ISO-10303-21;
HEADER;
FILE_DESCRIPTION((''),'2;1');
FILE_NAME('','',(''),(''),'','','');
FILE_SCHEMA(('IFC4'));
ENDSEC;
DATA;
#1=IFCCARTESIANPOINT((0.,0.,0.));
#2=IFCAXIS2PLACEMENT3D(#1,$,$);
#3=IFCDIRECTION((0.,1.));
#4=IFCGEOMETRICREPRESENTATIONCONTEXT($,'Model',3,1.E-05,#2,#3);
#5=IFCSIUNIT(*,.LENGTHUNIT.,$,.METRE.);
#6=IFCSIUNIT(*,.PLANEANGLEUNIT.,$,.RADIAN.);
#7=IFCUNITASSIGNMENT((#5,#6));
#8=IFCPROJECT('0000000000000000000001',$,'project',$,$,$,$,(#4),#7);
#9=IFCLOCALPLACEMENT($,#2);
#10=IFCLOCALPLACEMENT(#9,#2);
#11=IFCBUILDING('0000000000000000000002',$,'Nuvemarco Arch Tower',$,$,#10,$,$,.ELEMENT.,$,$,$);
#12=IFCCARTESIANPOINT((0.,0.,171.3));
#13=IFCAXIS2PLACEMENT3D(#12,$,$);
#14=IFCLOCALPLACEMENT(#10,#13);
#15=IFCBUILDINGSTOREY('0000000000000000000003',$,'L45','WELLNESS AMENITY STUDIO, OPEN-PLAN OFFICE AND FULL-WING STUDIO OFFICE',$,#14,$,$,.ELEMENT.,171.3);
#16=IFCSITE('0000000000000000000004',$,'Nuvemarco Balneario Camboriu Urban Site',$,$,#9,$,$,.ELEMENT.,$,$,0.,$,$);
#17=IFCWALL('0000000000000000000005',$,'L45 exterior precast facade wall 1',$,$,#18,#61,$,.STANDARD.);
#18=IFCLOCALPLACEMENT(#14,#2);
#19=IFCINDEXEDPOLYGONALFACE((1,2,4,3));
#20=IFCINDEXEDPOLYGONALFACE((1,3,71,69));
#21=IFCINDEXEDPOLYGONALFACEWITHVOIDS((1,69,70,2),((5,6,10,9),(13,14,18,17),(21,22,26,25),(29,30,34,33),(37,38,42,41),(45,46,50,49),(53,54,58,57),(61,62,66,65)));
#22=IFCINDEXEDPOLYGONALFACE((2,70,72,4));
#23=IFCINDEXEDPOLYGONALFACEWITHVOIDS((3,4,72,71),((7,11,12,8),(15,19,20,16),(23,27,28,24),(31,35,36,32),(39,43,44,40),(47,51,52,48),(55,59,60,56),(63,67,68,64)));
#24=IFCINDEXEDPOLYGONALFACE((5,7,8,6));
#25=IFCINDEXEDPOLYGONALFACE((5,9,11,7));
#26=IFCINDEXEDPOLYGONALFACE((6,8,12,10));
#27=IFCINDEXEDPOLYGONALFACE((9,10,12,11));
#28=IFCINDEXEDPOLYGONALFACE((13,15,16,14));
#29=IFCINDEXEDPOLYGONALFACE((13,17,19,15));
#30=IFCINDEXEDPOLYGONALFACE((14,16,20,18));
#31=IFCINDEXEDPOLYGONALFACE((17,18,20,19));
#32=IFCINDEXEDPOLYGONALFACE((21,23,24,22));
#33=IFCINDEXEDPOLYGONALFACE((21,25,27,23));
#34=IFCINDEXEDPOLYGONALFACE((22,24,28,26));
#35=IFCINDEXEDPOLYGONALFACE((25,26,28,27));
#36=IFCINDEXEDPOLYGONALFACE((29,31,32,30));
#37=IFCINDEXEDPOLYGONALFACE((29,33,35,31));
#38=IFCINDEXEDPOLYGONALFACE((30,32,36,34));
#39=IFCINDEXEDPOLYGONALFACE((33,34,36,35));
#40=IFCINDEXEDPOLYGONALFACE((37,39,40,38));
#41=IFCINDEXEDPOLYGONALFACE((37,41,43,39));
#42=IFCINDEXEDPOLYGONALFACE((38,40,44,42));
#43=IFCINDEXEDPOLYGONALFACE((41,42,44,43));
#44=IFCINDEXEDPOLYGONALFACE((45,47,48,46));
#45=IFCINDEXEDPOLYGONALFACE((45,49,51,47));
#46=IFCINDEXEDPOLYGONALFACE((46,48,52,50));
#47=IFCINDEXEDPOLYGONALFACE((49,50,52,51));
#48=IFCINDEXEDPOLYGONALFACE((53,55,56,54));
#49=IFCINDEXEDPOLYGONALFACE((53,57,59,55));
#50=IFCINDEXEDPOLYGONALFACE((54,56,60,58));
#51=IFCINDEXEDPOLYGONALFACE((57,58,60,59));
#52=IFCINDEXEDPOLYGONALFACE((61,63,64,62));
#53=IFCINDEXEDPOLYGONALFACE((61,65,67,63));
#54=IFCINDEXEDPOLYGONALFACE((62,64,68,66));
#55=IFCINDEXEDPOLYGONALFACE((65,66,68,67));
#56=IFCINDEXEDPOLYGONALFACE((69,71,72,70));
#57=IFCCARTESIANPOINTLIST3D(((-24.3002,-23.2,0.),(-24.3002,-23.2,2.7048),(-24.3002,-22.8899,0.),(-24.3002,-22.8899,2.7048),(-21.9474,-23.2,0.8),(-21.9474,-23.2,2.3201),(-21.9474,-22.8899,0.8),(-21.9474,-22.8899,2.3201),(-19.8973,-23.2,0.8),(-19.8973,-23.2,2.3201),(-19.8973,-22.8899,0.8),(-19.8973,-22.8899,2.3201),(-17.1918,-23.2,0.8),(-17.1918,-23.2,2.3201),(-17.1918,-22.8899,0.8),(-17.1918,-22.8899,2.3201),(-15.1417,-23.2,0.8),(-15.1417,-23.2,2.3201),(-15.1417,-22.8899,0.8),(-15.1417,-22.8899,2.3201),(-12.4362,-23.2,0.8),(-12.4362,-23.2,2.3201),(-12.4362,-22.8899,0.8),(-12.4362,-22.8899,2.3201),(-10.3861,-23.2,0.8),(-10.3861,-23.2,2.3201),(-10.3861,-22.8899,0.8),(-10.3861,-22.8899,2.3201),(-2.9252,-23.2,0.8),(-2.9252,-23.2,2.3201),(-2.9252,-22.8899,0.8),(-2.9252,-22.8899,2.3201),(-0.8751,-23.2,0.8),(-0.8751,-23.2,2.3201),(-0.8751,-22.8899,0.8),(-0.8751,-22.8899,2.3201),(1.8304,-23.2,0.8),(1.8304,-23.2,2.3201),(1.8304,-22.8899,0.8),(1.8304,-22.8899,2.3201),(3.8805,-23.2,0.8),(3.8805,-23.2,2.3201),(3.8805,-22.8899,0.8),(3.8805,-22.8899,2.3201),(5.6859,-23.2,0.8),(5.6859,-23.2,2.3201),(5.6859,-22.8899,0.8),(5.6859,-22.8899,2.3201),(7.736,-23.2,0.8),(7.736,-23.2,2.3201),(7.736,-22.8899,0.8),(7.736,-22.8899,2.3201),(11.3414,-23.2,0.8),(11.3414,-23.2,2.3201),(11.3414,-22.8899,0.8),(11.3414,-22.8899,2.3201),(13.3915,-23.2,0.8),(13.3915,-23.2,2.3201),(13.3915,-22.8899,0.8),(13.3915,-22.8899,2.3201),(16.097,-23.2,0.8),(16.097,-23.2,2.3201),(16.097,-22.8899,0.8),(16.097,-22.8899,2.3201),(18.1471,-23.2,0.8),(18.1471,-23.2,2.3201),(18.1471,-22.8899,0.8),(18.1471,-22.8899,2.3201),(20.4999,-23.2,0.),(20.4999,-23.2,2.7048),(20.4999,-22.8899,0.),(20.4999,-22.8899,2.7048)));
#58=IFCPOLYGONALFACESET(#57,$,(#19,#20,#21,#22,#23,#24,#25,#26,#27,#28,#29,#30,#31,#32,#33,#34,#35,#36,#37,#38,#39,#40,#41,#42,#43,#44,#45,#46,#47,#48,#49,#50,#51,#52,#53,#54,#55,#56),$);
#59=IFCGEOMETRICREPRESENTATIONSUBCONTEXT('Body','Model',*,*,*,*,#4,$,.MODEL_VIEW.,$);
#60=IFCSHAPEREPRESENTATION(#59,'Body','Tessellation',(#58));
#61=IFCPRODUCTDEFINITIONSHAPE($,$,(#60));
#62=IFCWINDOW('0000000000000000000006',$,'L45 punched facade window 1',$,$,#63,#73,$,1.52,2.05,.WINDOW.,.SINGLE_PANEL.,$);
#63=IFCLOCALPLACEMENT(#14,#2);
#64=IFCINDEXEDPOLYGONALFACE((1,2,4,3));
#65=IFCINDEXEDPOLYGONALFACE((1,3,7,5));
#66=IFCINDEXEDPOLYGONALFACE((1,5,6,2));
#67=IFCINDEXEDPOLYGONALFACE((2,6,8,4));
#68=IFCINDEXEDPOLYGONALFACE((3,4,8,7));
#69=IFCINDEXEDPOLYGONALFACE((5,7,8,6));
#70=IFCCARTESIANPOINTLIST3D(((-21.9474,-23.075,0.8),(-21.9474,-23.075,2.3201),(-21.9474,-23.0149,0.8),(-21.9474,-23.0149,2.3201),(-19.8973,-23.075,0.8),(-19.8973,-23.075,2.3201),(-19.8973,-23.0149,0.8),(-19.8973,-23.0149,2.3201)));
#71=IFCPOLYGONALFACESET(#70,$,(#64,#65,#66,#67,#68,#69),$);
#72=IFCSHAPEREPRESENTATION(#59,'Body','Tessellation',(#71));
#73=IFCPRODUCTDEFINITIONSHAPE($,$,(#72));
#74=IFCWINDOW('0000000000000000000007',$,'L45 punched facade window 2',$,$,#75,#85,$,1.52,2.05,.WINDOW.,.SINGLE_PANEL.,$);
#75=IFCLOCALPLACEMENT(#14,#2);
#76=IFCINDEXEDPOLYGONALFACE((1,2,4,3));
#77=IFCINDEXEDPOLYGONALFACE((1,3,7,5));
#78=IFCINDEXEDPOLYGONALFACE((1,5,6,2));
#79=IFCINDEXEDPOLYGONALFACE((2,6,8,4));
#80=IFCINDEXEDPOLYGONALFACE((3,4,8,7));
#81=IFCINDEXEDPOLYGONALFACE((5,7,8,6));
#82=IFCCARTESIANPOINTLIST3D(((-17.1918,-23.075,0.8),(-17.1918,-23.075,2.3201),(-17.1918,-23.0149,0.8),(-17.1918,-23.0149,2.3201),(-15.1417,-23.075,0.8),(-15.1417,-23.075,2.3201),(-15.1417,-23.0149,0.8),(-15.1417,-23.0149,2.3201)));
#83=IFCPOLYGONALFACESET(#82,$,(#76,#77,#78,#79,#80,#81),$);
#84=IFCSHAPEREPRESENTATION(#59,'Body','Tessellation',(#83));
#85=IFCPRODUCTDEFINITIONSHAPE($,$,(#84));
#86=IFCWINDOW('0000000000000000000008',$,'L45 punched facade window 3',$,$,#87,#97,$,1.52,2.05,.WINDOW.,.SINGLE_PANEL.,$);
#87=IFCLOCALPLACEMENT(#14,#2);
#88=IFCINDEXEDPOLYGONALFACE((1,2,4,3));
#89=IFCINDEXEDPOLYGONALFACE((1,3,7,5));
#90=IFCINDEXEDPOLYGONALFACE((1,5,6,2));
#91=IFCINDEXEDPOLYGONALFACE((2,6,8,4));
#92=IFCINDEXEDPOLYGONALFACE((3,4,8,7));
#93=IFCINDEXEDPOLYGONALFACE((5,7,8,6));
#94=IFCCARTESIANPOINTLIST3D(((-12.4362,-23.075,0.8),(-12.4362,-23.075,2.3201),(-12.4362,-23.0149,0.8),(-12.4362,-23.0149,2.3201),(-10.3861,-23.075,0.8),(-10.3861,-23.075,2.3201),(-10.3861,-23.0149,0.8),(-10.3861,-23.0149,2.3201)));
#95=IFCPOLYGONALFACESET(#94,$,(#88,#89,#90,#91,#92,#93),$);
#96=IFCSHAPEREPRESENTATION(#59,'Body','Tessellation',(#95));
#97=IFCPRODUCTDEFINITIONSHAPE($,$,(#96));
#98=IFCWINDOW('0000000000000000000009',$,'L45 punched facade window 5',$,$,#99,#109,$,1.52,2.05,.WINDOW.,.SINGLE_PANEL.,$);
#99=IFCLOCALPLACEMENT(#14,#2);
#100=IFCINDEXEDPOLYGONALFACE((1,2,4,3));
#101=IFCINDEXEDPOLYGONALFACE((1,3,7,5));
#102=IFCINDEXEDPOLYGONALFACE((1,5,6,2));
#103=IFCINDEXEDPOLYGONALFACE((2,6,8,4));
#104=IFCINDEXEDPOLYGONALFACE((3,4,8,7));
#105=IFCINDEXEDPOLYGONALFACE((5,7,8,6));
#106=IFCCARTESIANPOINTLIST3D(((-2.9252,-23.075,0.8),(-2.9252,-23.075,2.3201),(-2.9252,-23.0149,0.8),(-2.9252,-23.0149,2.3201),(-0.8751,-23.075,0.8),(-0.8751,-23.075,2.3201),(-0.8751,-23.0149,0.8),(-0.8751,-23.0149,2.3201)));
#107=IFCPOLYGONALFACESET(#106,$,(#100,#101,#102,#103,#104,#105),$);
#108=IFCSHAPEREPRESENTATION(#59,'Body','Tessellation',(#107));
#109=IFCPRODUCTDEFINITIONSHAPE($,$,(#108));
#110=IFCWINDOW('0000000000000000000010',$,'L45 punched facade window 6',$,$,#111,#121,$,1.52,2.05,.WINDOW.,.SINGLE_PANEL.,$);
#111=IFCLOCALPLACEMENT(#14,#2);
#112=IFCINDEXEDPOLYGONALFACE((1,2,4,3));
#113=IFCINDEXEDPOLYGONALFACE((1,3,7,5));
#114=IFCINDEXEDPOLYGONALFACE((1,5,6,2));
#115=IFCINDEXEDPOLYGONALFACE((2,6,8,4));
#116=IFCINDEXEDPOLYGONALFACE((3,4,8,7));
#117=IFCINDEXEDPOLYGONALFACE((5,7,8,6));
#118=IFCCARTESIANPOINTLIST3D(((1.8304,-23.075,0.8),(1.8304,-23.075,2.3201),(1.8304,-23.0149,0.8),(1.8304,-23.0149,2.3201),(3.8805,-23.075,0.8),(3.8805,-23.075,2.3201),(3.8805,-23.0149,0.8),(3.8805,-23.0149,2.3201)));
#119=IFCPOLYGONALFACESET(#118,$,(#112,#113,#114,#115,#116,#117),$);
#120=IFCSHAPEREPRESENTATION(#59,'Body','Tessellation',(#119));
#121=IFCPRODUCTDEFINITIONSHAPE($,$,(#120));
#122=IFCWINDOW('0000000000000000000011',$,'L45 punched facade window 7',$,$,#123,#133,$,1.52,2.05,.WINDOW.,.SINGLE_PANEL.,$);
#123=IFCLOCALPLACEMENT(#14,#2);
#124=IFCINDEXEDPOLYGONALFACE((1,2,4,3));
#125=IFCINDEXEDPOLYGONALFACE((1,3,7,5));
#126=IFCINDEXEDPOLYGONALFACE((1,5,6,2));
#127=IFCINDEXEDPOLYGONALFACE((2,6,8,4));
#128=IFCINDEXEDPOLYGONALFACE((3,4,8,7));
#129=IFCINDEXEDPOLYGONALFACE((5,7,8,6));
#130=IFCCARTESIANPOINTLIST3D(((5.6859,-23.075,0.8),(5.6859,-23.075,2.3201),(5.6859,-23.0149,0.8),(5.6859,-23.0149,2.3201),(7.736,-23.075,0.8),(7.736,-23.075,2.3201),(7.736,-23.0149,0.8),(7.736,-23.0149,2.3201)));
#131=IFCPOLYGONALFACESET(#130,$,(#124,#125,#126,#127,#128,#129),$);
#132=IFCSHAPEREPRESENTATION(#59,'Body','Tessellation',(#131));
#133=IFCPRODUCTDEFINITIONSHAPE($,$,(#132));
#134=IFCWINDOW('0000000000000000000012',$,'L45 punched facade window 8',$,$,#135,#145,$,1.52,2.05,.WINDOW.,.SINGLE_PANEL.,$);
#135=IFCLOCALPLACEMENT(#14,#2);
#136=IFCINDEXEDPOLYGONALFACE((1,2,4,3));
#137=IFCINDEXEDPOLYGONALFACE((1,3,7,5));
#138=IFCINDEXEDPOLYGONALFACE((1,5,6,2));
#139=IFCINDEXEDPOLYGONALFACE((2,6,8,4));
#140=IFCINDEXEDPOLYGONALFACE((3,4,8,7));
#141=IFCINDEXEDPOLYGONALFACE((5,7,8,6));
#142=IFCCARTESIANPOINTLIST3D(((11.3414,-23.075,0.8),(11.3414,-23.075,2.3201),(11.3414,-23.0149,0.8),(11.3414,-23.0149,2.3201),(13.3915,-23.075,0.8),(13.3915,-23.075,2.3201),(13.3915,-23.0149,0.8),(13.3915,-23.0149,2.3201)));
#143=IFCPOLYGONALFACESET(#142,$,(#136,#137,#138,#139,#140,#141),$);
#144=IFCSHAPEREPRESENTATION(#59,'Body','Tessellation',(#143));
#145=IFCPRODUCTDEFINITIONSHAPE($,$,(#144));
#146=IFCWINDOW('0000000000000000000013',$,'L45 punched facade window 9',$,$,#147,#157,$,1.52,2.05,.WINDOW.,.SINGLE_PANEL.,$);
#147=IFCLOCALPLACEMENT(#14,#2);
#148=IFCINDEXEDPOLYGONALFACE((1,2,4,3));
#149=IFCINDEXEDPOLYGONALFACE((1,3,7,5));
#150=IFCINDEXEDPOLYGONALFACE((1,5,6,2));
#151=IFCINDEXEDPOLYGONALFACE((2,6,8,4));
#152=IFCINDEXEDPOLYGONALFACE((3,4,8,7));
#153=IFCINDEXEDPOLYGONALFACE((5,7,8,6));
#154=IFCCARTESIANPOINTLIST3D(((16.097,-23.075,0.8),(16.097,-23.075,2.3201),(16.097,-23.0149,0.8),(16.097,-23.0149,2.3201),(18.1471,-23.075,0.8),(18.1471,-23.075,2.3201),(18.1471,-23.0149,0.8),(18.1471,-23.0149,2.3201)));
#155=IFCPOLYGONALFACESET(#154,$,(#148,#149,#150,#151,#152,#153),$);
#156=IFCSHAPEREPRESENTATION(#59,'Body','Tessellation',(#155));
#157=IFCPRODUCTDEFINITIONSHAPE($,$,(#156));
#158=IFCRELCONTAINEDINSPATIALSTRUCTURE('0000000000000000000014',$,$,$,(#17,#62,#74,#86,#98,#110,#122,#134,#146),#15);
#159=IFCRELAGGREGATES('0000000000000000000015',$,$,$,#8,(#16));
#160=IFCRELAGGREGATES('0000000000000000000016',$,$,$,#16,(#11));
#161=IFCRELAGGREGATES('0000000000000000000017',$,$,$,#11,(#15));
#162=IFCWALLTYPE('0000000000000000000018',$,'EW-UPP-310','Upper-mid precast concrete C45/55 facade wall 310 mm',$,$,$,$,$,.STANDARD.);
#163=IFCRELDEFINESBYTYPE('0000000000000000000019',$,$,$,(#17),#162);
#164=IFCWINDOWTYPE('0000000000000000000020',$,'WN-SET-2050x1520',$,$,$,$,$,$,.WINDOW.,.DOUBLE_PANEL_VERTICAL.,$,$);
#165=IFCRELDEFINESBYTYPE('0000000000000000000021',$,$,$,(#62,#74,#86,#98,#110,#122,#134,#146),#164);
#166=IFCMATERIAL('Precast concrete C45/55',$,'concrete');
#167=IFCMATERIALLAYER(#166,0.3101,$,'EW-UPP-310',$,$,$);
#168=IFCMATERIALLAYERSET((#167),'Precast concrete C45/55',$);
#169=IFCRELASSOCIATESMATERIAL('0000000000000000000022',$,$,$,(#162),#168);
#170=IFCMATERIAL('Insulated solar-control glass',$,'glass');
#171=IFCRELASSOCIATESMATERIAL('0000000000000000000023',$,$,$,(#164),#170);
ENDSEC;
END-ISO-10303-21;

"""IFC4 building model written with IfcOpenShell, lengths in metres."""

from ifc_helpers import new_model, si_unit, direction, frame, frame_2d, origin, place, context, subcontext, project, spatial, rectangle, extrude, source, transform, mapped, material, layer, layer_set, type_object, type_shapes, element, fill, save


model = new_model("IFC4")

# Units and contexts
model_context = context("Model", 3, precision=1e-05, world=origin(), true_north=direction((0.0, 1.0)))
body_context = subcontext(model_context, "Body", "Model", "MODEL_VIEW")
ifc_project = project(units=[si_unit("LENGTHUNIT", "METRE"), si_unit("PLANEANGLEUNIT", "RADIAN")], contexts=[model_context])

# Site, building, storey
site_placement = place(None, origin())
site = spatial("IfcSite", under=ifc_project, at=site_placement, Name="Nuvemarco Balneario Camboriu Urban Site", CompositionType="ELEMENT", RefElevation=0.0)
building_placement = place(site_placement, origin())
building = spatial("IfcBuilding", under=site, at=building_placement, Name="Nuvemarco Arch Tower", CompositionType="ELEMENT")
storey_placement = place(building_placement, frame((0.0, 0.0, 171.3)))
storey = spatial("IfcBuildingStorey", under=building, at=storey_placement, Name="L45", Description="WELLNESS AMENITY STUDIO, OPEN-PLAN OFFICE AND FULL-WING STUDIO OFFICE", CompositionType="ELEMENT", Elevation=171.3)

# Wall, openings, windows
ifc_material_1 = material(Name="Precast concrete C45/55", Category="concrete")
ifc_layer = layer(ifc_material_1, 0.3101, Name="EW-UPP-310")
ifc_layer_set = layer_set([ifc_layer], Name="Precast concrete C45/55")
wall_type = type_object("IfcWallType", Name="EW-UPP-310", Description="Upper-mid precast concrete C45/55 facade wall 310 mm", PredefinedType="STANDARD", material=ifc_layer_set)
wall_1_placement = place(storey_placement, frame((-24.3, -23.0449, 0.0), z_axis=(0.0, 0.0, 1.0), x_axis=(1.0, 0.0, 0.0)))
wall_1 = element("IfcWall", 1, at=wall_1_placement, inside=storey, type_object=wall_type, Name="L45 exterior precast facade wall 1", PredefinedType="STANDARD", context=body_context, shape_type="SweptSolid", body=[
    extrude(rectangle(XDim=44.8, YDim=0.3101, at=frame_2d((22.3999, 0.0))), origin(), (0.0, 0.0, 1.0), 2.7048),
])
opening_1_placement = place(wall_1_placement, frame((2.3528, 0.0, 0.8)))
opening_1 = element("IfcOpeningElement", 2, at=opening_1_placement, cuts=wall_1, PredefinedType="OPENING", context=body_context, shape_type="SweptSolid", body=[
    extrude(rectangle(XDim=2.05, YDim=1.52, at=frame_2d((1.0249, 0.76))), frame((0.0, 0.165, 0.0), z_axis=(0.0, -1.0, 0.0), x_axis=(1.0, 0.0, 0.0)), (0.0, 0.0, 1.0), 0.3301),
])
opening_2_placement = place(wall_1_placement, frame((7.1084, 0.0, 0.8)))
opening_2 = element("IfcOpeningElement", 3, at=opening_2_placement, cuts=wall_1, PredefinedType="OPENING", context=body_context, shape_type="SweptSolid", body=[
    extrude(rectangle(XDim=2.05, YDim=1.52, at=frame_2d((1.0249, 0.76))), frame((0.0, 0.165, 0.0), z_axis=(0.0, -1.0, 0.0), x_axis=(1.0, 0.0, 0.0)), (0.0, 0.0, 1.0), 0.3301),
])
opening_3_placement = place(wall_1_placement, frame((11.864, 0.0, 0.8)))
opening_3 = element("IfcOpeningElement", 4, at=opening_3_placement, cuts=wall_1, PredefinedType="OPENING", context=body_context, shape_type="SweptSolid", body=[
    extrude(rectangle(XDim=2.05, YDim=1.52, at=frame_2d((1.0249, 0.76))), frame((0.0, 0.165, 0.0), z_axis=(0.0, -1.0, 0.0), x_axis=(1.0, 0.0, 0.0)), (0.0, 0.0, 1.0), 0.3301),
])
opening_4_placement = place(wall_1_placement, frame((21.375, 0.0, 0.8)))
opening_4 = element("IfcOpeningElement", 5, at=opening_4_placement, cuts=wall_1, PredefinedType="OPENING", context=body_context, shape_type="SweptSolid", body=[
    extrude(rectangle(XDim=2.05, YDim=1.52, at=frame_2d((1.0249, 0.76))), frame((0.0, 0.165, 0.0), z_axis=(0.0, -1.0, 0.0), x_axis=(1.0, 0.0, 0.0)), (0.0, 0.0, 1.0), 0.3301),
])
opening_5_placement = place(wall_1_placement, frame((26.1306, 0.0, 0.8)))
opening_5 = element("IfcOpeningElement", 6, at=opening_5_placement, cuts=wall_1, PredefinedType="OPENING", context=body_context, shape_type="SweptSolid", body=[
    extrude(rectangle(XDim=2.05, YDim=1.52, at=frame_2d((1.0249, 0.76))), frame((0.0, 0.165, 0.0), z_axis=(0.0, -1.0, 0.0), x_axis=(1.0, 0.0, 0.0)), (0.0, 0.0, 1.0), 0.3301),
])
opening_6_placement = place(wall_1_placement, frame((29.9861, 0.0, 0.8)))
opening_6 = element("IfcOpeningElement", 7, at=opening_6_placement, cuts=wall_1, PredefinedType="OPENING", context=body_context, shape_type="SweptSolid", body=[
    extrude(rectangle(XDim=2.05, YDim=1.52, at=frame_2d((1.0249, 0.76))), frame((0.0, 0.165, 0.0), z_axis=(0.0, -1.0, 0.0), x_axis=(1.0, 0.0, 0.0)), (0.0, 0.0, 1.0), 0.3301),
])
opening_7_placement = place(wall_1_placement, frame((35.6416, 0.0, 0.8)))
opening_7 = element("IfcOpeningElement", 8, at=opening_7_placement, cuts=wall_1, PredefinedType="OPENING", context=body_context, shape_type="SweptSolid", body=[
    extrude(rectangle(XDim=2.05, YDim=1.52, at=frame_2d((1.0249, 0.76))), frame((0.0, 0.165, 0.0), z_axis=(0.0, -1.0, 0.0), x_axis=(1.0, 0.0, 0.0)), (0.0, 0.0, 1.0), 0.3301),
])
opening_8_placement = place(wall_1_placement, frame((40.3972, 0.0, 0.8)))
opening_8 = element("IfcOpeningElement", 9, at=opening_8_placement, cuts=wall_1, PredefinedType="OPENING", context=body_context, shape_type="SweptSolid", body=[
    extrude(rectangle(XDim=2.05, YDim=1.52, at=frame_2d((1.0249, 0.76))), frame((0.0, 0.165, 0.0), z_axis=(0.0, -1.0, 0.0), x_axis=(1.0, 0.0, 0.0)), (0.0, 0.0, 1.0), 0.3301),
])
ifc_material_2 = material(Name="Insulated solar-control glass", Category="glass")
window_type_1 = type_object("IfcWindowType", Name="WN-SET-2050x1520", PartitioningType="DOUBLE_PANEL_VERTICAL", PredefinedType="WINDOW", material=ifc_material_2)
shared_shape_1 = source(origin(), body_context, "Body", "SweptSolid", [
    extrude(rectangle(XDim=2.05, YDim=1.52, at=frame_2d((1.0249, 0.76))), frame((0.0, 0.03, 0.0), z_axis=(0.0, -1.0, 0.0), x_axis=(1.0, 0.0, 0.0)), (0.0, 0.0, 1.0), 0.0601),
])
type_shapes(window_type_1, [shared_shape_1])
window_1_placement = place(opening_1_placement, origin())
window_1 = element("IfcWindow", 10, at=window_1_placement, inside=storey, type_object=window_type_1, Name="L45 punched facade window 1", OverallHeight=1.52, OverallWidth=2.05, PartitioningType="SINGLE_PANEL", PredefinedType="WINDOW", context=body_context, shape_type="MappedRepresentation", body=[
    mapped(shared_shape_1, transform((0.0, 0.0, 0.0), scale=1.0)),
])
fill(opening_1, window_1)
window_2_placement = place(opening_2_placement, origin())
window_2 = element("IfcWindow", 11, at=window_2_placement, inside=storey, type_object=window_type_1, Name="L45 punched facade window 2", OverallHeight=1.52, OverallWidth=2.05, PartitioningType="SINGLE_PANEL", PredefinedType="WINDOW", context=body_context, shape_type="MappedRepresentation", body=[
    mapped(shared_shape_1, transform((0.0, 0.0, 0.0), scale=1.0)),
])
fill(opening_2, window_2)
window_3_placement = place(opening_3_placement, origin())
window_3 = element("IfcWindow", 12, at=window_3_placement, inside=storey, type_object=window_type_1, Name="L45 punched facade window 3", OverallHeight=1.52, OverallWidth=2.05, PartitioningType="SINGLE_PANEL", PredefinedType="WINDOW", context=body_context, shape_type="MappedRepresentation", body=[
    mapped(shared_shape_1, transform((0.0, 0.0, 0.0), scale=1.0)),
])
fill(opening_3, window_3)
window_4_placement = place(opening_4_placement, origin())
window_4 = element("IfcWindow", 13, at=window_4_placement, inside=storey, type_object=window_type_1, Name="L45 punched facade window 5", OverallHeight=1.52, OverallWidth=2.05, PartitioningType="SINGLE_PANEL", PredefinedType="WINDOW", context=body_context, shape_type="MappedRepresentation", body=[
    mapped(shared_shape_1, transform((0.0, 0.0, 0.0), scale=1.0)),
])
fill(opening_4, window_4)
window_5_placement = place(opening_5_placement, origin())
window_5 = element("IfcWindow", 14, at=window_5_placement, inside=storey, type_object=window_type_1, Name="L45 punched facade window 6", OverallHeight=1.52, OverallWidth=2.05, PartitioningType="SINGLE_PANEL", PredefinedType="WINDOW", context=body_context, shape_type="MappedRepresentation", body=[
    mapped(shared_shape_1, transform((0.0, 0.0, 0.0), scale=1.0)),
])
fill(opening_5, window_5)
window_6_placement = place(opening_6_placement, origin())
window_6 = element("IfcWindow", 15, at=window_6_placement, inside=storey, type_object=window_type_1, Name="L45 punched facade window 7", OverallHeight=1.52, OverallWidth=2.05, PartitioningType="SINGLE_PANEL", PredefinedType="WINDOW", context=body_context, shape_type="MappedRepresentation", body=[
    mapped(shared_shape_1, transform((0.0, 0.0, 0.0), scale=1.0)),
])
fill(opening_6, window_6)
window_7_placement = place(opening_7_placement, origin())
window_7 = element("IfcWindow", 16, at=window_7_placement, inside=storey, type_object=window_type_1, Name="L45 punched facade window 8", OverallHeight=1.52, OverallWidth=2.05, PartitioningType="SINGLE_PANEL", PredefinedType="WINDOW", context=body_context, shape_type="MappedRepresentation", body=[
    mapped(shared_shape_1, transform((0.0, 0.0, 0.0), scale=1.0)),
])
fill(opening_7, window_7)
window_8_placement = place(opening_8_placement, origin())
window_8 = element("IfcWindow", 17, at=window_8_placement, inside=storey, type_object=window_type_1, Name="L45 punched facade window 9", OverallHeight=1.52, OverallWidth=2.05, PartitioningType="SINGLE_PANEL", PredefinedType="WINDOW", context=body_context, shape_type="MappedRepresentation", body=[
    mapped(shared_shape_1, transform((0.0, 0.0, 0.0), scale=1.0)),
])
fill(opening_8, window_8)

save(model, "model.ifc")
